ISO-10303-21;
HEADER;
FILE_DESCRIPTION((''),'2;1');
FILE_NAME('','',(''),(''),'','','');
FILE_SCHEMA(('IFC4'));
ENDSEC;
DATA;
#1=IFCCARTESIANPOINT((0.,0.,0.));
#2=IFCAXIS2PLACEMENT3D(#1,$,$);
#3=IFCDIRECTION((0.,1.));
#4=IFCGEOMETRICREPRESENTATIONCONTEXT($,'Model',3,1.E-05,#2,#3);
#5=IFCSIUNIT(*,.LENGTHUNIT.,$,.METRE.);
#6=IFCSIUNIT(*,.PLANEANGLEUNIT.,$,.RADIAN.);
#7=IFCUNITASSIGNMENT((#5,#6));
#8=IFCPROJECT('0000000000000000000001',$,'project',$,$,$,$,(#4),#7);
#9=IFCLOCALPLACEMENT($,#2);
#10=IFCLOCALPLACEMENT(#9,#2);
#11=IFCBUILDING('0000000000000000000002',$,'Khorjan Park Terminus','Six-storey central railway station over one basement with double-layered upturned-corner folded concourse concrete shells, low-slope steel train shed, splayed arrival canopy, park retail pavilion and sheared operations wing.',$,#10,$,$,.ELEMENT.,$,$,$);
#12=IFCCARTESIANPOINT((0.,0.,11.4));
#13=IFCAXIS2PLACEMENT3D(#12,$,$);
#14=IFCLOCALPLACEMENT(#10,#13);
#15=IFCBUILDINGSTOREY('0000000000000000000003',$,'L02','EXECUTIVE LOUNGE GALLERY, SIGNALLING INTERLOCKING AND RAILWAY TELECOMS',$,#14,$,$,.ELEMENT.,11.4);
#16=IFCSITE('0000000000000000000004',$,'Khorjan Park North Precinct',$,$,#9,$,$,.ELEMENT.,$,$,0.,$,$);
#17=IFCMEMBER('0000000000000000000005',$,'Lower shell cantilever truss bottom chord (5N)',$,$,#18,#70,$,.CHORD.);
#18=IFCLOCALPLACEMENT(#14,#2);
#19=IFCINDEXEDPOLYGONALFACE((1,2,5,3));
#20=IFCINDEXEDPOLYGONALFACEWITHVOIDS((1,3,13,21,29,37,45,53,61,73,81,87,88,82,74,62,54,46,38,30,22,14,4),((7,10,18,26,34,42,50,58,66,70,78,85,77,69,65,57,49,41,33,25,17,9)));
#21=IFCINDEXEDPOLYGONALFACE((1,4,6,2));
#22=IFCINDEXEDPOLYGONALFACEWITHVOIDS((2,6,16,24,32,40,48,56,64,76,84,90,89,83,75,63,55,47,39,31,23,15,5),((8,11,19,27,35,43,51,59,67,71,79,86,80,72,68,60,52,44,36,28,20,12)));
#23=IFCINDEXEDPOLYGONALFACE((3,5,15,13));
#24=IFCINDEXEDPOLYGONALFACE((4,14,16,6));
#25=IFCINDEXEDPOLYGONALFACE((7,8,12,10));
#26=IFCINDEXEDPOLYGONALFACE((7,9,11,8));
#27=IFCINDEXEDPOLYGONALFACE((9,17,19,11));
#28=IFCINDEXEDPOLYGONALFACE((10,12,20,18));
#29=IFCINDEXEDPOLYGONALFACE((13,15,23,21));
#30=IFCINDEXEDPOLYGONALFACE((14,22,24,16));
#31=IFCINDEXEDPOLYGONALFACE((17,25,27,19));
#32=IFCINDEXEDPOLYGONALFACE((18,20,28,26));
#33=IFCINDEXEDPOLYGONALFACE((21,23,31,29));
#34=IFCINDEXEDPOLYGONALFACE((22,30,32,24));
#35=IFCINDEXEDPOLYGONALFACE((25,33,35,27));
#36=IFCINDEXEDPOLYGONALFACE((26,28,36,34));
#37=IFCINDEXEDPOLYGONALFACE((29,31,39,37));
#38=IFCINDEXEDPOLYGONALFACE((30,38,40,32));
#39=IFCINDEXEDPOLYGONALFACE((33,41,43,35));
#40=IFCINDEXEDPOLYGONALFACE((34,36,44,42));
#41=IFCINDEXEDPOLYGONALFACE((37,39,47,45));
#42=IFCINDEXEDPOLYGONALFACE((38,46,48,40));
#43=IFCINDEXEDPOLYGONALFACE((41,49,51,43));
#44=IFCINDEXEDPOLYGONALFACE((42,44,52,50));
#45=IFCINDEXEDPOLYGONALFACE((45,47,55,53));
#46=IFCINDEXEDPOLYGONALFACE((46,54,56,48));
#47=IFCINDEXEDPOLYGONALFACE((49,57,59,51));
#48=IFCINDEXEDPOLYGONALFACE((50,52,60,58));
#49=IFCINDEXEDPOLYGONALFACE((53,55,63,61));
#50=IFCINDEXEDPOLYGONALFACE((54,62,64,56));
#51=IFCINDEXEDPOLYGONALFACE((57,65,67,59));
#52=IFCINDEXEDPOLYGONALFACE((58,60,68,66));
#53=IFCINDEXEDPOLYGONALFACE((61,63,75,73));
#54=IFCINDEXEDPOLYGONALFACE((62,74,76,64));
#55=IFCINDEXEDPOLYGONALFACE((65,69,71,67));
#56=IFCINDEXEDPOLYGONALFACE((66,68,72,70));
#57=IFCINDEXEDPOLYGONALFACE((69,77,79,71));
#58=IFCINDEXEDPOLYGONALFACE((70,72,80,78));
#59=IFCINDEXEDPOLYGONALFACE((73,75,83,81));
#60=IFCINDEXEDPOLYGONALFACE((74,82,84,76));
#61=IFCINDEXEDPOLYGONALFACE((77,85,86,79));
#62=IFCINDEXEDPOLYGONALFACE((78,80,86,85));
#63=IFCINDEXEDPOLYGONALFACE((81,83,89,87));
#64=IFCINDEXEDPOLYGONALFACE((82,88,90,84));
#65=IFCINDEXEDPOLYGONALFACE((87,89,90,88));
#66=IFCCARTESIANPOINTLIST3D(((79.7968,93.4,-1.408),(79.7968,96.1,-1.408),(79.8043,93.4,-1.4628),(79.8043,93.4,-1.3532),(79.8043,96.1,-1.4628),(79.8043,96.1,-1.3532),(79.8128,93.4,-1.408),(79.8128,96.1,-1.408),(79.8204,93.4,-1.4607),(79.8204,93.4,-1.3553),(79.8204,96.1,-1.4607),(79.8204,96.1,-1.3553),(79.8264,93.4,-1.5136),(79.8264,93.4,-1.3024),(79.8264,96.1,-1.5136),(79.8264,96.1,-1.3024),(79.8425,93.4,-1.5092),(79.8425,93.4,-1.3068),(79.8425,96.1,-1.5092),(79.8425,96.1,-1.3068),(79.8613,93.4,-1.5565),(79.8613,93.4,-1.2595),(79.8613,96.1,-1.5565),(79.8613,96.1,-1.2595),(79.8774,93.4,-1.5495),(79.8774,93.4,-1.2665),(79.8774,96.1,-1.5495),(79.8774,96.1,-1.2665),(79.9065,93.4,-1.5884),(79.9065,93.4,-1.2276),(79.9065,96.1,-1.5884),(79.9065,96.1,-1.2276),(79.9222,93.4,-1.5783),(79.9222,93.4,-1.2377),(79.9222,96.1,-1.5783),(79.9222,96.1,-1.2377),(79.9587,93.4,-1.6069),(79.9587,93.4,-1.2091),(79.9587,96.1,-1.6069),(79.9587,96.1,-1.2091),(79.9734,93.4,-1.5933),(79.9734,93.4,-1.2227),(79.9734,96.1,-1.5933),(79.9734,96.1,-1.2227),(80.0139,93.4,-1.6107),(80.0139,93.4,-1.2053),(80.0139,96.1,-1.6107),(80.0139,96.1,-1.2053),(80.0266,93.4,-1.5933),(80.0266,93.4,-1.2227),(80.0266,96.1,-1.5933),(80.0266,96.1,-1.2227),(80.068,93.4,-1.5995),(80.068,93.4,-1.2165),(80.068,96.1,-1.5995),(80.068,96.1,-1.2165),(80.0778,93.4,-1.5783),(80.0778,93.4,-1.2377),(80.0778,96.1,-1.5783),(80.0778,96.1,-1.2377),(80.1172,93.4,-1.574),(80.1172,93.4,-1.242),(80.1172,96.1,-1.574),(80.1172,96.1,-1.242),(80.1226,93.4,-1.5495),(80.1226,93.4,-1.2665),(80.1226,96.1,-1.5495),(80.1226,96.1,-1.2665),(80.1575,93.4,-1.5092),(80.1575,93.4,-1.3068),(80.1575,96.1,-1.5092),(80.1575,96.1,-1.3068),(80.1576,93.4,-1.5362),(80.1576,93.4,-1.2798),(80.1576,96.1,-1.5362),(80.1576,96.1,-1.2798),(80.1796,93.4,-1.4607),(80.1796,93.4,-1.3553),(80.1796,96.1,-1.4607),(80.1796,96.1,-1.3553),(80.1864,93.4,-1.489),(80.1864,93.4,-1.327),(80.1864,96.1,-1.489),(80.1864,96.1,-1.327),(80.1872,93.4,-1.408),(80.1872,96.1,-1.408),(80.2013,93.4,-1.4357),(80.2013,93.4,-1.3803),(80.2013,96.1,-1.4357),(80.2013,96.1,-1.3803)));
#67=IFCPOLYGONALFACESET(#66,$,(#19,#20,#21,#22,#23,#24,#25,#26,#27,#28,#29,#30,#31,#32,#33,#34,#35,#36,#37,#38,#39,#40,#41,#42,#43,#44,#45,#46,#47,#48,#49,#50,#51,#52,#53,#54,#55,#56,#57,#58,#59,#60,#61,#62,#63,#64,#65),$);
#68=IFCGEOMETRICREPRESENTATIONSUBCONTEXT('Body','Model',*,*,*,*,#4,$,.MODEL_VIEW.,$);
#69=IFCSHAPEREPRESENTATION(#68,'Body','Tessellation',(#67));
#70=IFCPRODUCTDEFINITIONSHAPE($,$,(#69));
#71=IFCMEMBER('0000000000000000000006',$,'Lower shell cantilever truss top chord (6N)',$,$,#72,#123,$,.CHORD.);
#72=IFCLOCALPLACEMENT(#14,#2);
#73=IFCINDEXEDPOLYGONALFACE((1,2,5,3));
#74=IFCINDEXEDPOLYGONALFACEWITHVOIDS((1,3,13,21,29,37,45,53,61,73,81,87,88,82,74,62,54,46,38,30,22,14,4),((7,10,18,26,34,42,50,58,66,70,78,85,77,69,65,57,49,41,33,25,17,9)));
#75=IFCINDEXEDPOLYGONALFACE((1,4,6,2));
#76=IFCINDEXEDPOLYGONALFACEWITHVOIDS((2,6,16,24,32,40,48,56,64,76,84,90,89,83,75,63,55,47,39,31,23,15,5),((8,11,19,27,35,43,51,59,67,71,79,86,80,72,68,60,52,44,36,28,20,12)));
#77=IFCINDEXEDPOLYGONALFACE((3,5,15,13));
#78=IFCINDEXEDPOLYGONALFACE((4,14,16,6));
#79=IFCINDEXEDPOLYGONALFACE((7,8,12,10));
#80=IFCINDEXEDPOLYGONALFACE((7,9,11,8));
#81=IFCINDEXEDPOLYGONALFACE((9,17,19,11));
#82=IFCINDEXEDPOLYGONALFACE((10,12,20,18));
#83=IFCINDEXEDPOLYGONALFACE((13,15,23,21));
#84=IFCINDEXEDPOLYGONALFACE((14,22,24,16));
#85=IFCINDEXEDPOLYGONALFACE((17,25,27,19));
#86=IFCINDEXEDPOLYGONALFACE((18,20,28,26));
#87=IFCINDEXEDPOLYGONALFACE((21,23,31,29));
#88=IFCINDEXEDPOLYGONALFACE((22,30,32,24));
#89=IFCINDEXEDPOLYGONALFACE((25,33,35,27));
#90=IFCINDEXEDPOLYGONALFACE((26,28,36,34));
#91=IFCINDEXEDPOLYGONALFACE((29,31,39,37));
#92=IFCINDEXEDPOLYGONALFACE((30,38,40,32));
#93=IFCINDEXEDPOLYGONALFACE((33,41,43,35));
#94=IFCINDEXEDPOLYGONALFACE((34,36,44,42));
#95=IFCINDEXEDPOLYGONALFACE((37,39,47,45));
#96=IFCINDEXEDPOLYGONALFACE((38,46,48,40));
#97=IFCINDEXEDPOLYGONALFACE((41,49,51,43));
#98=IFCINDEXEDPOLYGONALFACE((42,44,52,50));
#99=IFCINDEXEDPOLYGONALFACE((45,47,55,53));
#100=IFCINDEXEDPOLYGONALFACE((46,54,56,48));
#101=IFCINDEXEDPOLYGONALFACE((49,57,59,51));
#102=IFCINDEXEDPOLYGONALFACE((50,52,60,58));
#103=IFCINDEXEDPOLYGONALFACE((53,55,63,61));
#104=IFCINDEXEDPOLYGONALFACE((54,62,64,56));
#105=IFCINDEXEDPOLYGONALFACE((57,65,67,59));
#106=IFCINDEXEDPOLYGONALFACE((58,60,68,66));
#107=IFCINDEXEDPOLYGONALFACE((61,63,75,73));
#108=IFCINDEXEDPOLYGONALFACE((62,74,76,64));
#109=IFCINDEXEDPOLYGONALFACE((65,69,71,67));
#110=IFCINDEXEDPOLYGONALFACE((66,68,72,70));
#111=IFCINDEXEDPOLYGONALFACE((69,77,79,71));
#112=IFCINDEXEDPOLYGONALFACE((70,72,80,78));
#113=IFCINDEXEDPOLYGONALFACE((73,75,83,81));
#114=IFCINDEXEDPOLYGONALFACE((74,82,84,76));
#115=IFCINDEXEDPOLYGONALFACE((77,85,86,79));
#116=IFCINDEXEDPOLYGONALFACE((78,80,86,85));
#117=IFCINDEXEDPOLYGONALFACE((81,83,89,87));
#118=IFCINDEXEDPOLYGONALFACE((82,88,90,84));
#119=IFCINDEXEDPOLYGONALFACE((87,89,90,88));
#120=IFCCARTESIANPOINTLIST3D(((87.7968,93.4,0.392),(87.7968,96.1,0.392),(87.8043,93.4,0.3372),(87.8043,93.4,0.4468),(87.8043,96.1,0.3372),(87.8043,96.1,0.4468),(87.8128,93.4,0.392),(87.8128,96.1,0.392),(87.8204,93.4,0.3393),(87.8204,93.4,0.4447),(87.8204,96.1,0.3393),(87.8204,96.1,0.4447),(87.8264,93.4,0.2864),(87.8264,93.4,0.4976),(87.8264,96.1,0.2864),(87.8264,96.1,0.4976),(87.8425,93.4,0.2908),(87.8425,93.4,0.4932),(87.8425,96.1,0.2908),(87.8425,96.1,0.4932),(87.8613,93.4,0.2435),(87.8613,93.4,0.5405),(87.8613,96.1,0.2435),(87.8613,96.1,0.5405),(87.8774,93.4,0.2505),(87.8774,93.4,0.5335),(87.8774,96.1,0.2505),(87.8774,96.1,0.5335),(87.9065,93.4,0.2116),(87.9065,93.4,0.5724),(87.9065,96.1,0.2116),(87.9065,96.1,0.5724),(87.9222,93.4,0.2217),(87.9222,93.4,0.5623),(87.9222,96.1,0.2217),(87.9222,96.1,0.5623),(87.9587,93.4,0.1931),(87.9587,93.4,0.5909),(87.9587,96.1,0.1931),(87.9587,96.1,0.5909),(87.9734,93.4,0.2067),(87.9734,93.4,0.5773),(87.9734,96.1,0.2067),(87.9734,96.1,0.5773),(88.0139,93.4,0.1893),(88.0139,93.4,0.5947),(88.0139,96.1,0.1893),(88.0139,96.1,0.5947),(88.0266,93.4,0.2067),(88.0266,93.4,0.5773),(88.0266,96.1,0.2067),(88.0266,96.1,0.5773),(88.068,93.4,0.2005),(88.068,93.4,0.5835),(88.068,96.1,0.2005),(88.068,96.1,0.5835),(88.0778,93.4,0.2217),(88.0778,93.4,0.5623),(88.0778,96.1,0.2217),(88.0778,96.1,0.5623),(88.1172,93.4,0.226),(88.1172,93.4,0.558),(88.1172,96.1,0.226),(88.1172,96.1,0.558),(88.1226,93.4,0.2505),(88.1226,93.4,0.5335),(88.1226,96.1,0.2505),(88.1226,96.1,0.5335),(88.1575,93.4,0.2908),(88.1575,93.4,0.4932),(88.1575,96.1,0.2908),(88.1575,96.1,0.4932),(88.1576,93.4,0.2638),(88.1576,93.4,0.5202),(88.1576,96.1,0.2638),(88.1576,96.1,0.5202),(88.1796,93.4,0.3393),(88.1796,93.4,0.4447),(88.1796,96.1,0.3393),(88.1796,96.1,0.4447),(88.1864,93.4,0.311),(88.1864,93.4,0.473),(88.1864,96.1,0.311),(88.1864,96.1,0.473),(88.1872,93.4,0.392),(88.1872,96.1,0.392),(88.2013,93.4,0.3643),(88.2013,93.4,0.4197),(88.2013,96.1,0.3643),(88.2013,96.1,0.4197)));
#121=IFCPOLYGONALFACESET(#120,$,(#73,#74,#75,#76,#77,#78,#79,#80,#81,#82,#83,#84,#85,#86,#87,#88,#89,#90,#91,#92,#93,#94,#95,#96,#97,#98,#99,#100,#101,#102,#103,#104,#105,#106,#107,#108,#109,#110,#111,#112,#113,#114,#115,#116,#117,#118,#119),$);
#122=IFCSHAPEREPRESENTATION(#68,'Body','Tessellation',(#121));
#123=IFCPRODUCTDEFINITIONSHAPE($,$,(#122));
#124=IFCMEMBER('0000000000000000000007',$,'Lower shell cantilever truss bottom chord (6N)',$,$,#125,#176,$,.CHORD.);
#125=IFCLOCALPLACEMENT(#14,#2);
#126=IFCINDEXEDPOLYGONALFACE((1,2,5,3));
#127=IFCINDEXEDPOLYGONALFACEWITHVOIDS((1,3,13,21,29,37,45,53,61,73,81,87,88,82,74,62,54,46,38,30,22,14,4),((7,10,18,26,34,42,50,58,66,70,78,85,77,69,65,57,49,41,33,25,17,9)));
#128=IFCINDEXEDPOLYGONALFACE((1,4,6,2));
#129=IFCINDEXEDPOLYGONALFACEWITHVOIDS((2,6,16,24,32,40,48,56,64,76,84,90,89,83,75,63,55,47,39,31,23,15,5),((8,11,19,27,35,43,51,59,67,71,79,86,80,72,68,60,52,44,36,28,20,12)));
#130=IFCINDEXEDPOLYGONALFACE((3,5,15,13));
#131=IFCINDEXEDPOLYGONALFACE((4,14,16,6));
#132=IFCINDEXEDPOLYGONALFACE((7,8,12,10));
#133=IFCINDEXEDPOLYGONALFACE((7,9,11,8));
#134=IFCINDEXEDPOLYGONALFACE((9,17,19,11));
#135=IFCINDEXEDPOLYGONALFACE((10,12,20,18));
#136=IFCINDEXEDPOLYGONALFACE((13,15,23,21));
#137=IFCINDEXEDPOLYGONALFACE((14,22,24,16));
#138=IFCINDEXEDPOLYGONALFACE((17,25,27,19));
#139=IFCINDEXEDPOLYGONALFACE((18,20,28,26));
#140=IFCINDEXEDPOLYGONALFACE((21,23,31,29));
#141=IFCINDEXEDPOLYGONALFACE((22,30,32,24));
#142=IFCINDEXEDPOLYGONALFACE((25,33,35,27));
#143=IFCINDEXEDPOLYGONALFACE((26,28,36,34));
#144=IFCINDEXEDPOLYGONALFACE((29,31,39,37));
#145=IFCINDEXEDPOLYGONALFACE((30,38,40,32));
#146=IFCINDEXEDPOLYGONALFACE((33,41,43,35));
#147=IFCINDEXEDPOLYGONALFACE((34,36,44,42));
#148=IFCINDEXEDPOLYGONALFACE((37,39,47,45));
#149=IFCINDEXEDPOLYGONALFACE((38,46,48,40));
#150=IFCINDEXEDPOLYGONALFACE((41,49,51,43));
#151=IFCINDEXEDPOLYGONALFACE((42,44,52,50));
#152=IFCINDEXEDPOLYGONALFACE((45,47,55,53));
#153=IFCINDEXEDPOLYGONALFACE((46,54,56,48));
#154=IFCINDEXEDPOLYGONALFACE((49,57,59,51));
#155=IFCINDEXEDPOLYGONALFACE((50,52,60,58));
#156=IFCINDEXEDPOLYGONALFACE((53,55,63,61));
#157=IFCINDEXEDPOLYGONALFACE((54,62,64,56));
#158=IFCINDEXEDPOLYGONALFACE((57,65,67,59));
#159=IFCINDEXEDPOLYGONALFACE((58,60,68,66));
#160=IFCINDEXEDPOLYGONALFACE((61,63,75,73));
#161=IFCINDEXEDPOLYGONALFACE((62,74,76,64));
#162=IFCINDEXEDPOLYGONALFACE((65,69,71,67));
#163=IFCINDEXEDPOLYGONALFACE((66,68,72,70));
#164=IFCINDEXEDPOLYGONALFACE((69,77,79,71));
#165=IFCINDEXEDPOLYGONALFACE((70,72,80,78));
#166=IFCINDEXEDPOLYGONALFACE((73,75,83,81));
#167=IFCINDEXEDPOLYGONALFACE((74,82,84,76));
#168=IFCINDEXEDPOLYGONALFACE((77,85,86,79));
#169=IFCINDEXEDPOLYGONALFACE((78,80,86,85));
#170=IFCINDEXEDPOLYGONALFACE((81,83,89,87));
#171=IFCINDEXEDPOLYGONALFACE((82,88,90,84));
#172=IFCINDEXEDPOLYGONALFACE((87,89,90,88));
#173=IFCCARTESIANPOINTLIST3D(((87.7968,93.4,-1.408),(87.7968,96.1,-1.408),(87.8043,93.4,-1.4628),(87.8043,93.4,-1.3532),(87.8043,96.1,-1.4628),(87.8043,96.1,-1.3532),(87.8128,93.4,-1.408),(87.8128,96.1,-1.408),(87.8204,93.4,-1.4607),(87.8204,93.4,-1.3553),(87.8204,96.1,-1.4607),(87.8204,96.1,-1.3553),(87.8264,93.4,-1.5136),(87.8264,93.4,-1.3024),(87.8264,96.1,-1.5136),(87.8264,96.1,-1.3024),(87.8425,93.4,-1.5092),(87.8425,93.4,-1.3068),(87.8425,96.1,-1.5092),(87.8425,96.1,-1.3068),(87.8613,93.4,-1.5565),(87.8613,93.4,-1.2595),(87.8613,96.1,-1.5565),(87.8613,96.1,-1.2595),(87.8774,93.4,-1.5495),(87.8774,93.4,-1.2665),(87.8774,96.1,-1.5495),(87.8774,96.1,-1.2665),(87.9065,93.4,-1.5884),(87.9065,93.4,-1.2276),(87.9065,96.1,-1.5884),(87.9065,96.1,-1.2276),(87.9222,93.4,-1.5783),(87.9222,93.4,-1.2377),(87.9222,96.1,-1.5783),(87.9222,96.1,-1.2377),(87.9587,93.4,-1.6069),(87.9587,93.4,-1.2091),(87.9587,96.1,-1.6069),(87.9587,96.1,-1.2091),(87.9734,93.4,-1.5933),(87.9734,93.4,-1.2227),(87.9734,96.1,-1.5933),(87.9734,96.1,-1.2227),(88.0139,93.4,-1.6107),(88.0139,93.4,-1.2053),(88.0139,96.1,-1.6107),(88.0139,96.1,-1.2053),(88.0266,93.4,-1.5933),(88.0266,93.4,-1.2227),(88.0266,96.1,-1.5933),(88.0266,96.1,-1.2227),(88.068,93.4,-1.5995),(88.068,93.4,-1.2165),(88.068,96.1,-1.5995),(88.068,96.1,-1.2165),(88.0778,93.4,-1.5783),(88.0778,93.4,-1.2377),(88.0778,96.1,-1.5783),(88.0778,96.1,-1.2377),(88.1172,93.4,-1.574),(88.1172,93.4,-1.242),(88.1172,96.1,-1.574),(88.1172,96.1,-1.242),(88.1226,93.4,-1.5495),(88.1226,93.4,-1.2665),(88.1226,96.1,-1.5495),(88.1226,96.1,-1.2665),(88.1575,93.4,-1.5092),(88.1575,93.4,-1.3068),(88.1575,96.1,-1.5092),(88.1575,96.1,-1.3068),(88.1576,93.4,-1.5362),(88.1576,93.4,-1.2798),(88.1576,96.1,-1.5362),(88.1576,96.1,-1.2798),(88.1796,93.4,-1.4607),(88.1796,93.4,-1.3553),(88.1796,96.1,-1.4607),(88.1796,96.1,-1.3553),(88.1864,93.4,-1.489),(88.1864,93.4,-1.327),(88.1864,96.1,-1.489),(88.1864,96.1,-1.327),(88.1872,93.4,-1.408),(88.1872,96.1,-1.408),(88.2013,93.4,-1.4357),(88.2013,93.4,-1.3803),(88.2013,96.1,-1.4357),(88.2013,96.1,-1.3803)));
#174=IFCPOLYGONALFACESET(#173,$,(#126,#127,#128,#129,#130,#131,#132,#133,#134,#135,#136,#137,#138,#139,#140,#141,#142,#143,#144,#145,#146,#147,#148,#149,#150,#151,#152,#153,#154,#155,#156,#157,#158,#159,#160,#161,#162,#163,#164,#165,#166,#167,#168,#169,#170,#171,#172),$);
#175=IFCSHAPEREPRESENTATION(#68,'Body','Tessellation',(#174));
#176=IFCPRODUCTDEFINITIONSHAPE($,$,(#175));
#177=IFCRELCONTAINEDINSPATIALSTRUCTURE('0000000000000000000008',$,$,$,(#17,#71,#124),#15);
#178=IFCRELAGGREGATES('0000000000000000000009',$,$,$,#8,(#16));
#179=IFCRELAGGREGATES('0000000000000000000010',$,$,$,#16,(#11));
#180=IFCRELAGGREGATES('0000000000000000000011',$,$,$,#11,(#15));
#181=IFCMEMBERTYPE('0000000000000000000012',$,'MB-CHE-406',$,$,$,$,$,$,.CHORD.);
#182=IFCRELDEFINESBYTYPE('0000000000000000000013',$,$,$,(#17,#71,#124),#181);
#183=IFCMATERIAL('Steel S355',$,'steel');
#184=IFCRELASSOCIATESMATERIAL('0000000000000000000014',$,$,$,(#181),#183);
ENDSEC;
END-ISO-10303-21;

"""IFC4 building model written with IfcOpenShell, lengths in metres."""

from ifc_helpers import new_model, si_unit, direction, frame, origin, origin_2d, place, context, subcontext, project, spatial, hollow_circle, extrude, material, material_profile, profile_set, type_object, element, save


model = new_model("IFC4")

# Units and contexts
model_context = context("Model", 3, precision=1e-05, world=origin(), true_north=direction((0.0, 1.0)))
body_context = subcontext(model_context, "Body", "Model", "MODEL_VIEW")
ifc_project = project(units=[si_unit("LENGTHUNIT", "METRE"), si_unit("PLANEANGLEUNIT", "RADIAN")], contexts=[model_context])

# Site, building, storey
site_placement = place(None, origin())
site = spatial("IfcSite", under=ifc_project, at=site_placement, Name="Khorjan Park North Precinct", CompositionType="ELEMENT", RefElevation=0.0)
building_placement = place(site_placement, origin())
building = spatial("IfcBuilding", under=site, at=building_placement, Name="Khorjan Park Terminus", Description="Six-storey central railway station over one basement with double-layered upturned-corner folded concourse concrete shells, low-slope steel train shed, splayed arrival canopy, park retail pavilion and sheared operations wing.", CompositionType="ELEMENT")
storey_placement = place(building_placement, frame((0.0, 0.0, 11.4)))
storey = spatial("IfcBuildingStorey", under=building, at=storey_placement, Name="L02", Description="EXECUTIVE LOUNGE GALLERY, SIGNALLING INTERLOCKING AND RAILWAY TELECOMS", CompositionType="ELEMENT", Elevation=11.4)

# Members
ifc_material_1 = material(Name="Steel S355", Category="steel")
ifc_material_profile_1 = material_profile(ifc_material_1, hollow_circle(Radius=0.2032, WallThickness=0.016, at=origin_2d()), Name="CHS 406.4x16")
ifc_profile_set_1 = profile_set([ifc_material_profile_1], Name="Steel S355")
member_type_1 = type_object("IfcMemberType", Name="MB-CHE-406", PredefinedType="CHORD", material=ifc_profile_set_1)
for number, where, z_axis, x_axis, name in (
    (1, (80.0, 93.4, -1.408), (0.0, 1.0, 0.0), (-1.0, 0.0, 0.0), "Lower shell cantilever truss bottom chord (5N)"),
    (2, (88.0, 93.4, 0.392), (0.0, 1.0, 0.0), (-1.0, 0.0, 0.0), "Lower shell cantilever truss top chord (6N)"),
    (3, (88.0, 93.4, -1.408), (0.0, 1.0, 0.0), (-1.0, 0.0, 0.0), "Lower shell cantilever truss bottom chord (6N)"),
):
    element("IfcMember", number, at=place(storey_placement, frame(where, z_axis=z_axis, x_axis=x_axis)), inside=storey, type_object=member_type_1, Name=name, PredefinedType="CHORD", context=body_context, shape_type="SweptSolid", body=[
        extrude(hollow_circle(Radius=0.2032, WallThickness=0.016, at=origin_2d()), origin(), (0.0, 0.0, 1.0), 2.7),
    ])

save(model, "model.ifc")
